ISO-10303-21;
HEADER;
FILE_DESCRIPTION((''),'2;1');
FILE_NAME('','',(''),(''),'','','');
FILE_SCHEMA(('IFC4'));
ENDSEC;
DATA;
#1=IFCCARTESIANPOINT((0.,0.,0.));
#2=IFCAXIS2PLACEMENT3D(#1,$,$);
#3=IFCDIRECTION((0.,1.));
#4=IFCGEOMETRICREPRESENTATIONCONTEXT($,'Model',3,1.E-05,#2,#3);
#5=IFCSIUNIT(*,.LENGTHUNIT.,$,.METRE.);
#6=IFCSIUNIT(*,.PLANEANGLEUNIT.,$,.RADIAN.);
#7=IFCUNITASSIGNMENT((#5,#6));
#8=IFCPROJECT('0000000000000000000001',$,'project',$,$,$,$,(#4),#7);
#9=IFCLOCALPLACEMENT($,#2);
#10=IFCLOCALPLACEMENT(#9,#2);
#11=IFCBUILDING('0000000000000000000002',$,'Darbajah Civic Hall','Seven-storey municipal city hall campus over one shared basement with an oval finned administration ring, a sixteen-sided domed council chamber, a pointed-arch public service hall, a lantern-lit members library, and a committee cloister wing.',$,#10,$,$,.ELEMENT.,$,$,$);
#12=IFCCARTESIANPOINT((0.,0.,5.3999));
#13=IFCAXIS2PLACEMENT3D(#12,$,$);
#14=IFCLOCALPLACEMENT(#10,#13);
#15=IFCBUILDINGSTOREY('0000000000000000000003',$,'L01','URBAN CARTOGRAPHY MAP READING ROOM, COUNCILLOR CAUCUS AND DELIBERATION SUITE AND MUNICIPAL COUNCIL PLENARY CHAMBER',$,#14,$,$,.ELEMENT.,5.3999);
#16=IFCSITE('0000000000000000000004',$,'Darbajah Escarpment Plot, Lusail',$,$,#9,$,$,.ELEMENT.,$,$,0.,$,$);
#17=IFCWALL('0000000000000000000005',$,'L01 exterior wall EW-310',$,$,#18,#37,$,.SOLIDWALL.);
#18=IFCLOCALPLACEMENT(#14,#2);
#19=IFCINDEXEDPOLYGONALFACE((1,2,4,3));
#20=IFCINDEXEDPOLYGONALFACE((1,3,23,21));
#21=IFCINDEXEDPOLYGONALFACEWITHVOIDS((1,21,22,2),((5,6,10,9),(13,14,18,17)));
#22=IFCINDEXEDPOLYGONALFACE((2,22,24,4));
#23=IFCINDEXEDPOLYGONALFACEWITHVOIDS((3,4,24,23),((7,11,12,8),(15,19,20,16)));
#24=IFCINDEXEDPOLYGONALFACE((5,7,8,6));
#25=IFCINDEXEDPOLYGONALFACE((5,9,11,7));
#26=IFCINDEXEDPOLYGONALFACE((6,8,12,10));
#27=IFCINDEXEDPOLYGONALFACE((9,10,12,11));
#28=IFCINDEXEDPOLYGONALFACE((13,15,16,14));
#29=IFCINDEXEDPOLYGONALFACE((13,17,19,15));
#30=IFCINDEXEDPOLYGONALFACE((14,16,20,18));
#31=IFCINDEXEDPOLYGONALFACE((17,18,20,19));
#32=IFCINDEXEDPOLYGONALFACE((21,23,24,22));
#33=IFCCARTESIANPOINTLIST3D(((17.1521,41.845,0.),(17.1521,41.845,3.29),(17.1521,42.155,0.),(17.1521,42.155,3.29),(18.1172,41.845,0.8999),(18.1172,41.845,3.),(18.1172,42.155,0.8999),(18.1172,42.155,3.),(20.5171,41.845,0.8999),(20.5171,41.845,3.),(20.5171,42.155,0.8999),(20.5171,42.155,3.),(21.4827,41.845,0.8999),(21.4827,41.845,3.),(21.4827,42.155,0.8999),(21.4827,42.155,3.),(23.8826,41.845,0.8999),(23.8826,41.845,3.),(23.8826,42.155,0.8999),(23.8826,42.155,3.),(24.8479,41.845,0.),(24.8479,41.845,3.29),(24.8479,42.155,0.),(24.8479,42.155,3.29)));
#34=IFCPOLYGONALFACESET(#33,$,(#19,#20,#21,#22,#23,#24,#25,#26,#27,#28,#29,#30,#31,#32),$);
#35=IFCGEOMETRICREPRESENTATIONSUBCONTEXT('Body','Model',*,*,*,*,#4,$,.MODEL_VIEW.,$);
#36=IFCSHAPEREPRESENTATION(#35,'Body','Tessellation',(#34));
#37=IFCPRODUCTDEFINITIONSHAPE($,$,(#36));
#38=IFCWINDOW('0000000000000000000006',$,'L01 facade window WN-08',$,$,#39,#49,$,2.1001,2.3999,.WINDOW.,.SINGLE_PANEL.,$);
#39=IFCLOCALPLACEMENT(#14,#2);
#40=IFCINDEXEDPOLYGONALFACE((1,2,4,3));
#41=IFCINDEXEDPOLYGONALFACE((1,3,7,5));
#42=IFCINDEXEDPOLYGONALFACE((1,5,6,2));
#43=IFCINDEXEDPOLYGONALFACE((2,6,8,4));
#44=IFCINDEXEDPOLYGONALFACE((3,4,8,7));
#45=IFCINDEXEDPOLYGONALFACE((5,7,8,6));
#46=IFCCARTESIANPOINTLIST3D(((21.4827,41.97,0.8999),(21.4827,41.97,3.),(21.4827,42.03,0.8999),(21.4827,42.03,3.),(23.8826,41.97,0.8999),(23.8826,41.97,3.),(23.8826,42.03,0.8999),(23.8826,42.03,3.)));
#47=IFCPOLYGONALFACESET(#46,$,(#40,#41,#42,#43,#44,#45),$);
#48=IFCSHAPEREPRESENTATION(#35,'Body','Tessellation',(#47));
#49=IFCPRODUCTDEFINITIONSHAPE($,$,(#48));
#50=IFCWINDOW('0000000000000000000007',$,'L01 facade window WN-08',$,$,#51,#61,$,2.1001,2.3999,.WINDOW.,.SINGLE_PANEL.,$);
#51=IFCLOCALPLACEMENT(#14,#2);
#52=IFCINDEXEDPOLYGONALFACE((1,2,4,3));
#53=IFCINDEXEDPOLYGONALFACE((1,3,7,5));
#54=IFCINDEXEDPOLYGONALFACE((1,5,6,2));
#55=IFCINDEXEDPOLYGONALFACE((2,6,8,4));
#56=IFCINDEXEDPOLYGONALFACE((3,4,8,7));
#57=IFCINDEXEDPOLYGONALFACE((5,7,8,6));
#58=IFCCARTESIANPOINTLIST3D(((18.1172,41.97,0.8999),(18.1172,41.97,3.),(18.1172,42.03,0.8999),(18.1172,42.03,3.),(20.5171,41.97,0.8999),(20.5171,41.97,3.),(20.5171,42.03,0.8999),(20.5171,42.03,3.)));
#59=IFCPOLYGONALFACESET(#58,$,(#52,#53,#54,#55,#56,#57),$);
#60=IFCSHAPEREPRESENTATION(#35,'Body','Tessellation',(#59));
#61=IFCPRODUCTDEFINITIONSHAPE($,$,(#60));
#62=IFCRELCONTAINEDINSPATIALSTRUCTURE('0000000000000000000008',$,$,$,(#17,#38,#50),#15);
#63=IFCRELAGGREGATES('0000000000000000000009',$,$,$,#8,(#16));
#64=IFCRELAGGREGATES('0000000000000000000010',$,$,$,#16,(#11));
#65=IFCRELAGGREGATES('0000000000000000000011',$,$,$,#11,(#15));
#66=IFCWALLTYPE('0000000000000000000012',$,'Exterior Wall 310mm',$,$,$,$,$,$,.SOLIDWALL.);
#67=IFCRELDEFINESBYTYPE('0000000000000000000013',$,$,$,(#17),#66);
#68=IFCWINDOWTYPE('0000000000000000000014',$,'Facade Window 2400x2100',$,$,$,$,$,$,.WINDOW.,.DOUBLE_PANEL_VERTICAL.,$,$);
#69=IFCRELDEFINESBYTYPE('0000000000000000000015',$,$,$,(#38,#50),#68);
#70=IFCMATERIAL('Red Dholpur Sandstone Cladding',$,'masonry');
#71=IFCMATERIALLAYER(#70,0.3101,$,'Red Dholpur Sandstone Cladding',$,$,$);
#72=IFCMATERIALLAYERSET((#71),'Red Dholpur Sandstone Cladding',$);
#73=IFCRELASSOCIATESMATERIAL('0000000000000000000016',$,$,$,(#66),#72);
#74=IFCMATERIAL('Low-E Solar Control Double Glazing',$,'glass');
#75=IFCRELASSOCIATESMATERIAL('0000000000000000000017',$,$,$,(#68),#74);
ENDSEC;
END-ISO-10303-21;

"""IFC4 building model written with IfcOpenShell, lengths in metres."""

from ifc_helpers import new_model, si_unit, direction, frame, frame_2d, origin, place, context, subcontext, project, spatial, rectangle, extrude, material, layer, layer_set, type_object, element, fill, save


model = new_model("IFC4")

# Units and contexts
model_context = context("Model", 3, precision=1e-05, world=origin(), true_north=direction((0.0, 1.0)))
body_context = subcontext(model_context, "Body", "Model", "MODEL_VIEW")
ifc_project = project(units=[si_unit("LENGTHUNIT", "METRE"), si_unit("PLANEANGLEUNIT", "RADIAN")], contexts=[model_context])

# Site, building, storey
site_placement = place(None, origin())
site = spatial("IfcSite", under=ifc_project, at=site_placement, Name="Darbajah Escarpment Plot, Lusail", CompositionType="ELEMENT", RefElevation=0.0)
building_placement = place(site_placement, origin())
building = spatial("IfcBuilding", under=site, at=building_placement, Name="Darbajah Civic Hall", Description="Seven-storey municipal city hall campus over one shared basement with an oval finned administration ring, a sixteen-sided domed council chamber, a pointed-arch public service hall, a lantern-lit members library, and a committee cloister wing.", CompositionType="ELEMENT")
storey_placement = place(building_placement, frame((0.0, 0.0, 5.3999)))
storey = spatial("IfcBuildingStorey", under=building, at=storey_placement, Name="L01", Description="URBAN CARTOGRAPHY MAP READING ROOM, COUNCILLOR CAUCUS AND DELIBERATION SUITE AND MUNICIPAL COUNCIL PLENARY CHAMBER", CompositionType="ELEMENT", Elevation=5.3999)

# Wall, openings, windows
ifc_material_1 = material(Name="Red Dholpur Sandstone Cladding", Category="masonry")
ifc_layer = layer(ifc_material_1, 0.3101, Name="Red Dholpur Sandstone Cladding")
ifc_layer_set = layer_set([ifc_layer], Name="Red Dholpur Sandstone Cladding")
wall_type = type_object("IfcWallType", Name="Exterior Wall 310mm", PredefinedType="SOLIDWALL", material=ifc_layer_set)
ifc_material_2 = material(Name="Low-E Solar Control Double Glazing", Category="glass")
wall_1_placement = place(storey_placement, frame((24.8479, 42.0, 0.0), z_axis=(0.0, 0.0, 1.0), x_axis=(-1.0, 0.0, 0.0)))
wall_1 = element("IfcWall", 1, at=wall_1_placement, inside=storey, type_object=wall_type, Name="L01 exterior wall EW-310", PredefinedType="SOLIDWALL", context=body_context, shape_type="SweptSolid", body=[
    extrude(rectangle(XDim=7.6958, YDim=0.3101, at=frame_2d((3.8479, 0.0))), origin(), (0.0, 0.0, 1.0), 3.29),
])
opening_1_placement = place(wall_1_placement, frame((0.9653, 0.0, 0.8999)))
opening_1 = element("IfcOpeningElement", 2, at=opening_1_placement, cuts=wall_1, PredefinedType="OPENING", context=body_context, shape_type="SweptSolid", body=[
    extrude(rectangle(XDim=2.3999, YDim=2.1001, at=frame_2d((1.2, 1.05))), frame((0.0, 0.165, 0.0), z_axis=(0.0, -1.0, 0.0), x_axis=(1.0, 0.0, 0.0)), (0.0, 0.0, 1.0), 0.3301),
])
opening_2_placement = place(wall_1_placement, frame((4.3308, 0.0, 0.8999)))
opening_2 = element("IfcOpeningElement", 3, at=opening_2_placement, cuts=wall_1, PredefinedType="OPENING", context=body_context, shape_type="SweptSolid", body=[
    extrude(rectangle(XDim=2.3999, YDim=2.1001, at=frame_2d((1.2, 1.05))), frame((0.0, 0.165, 0.0), z_axis=(0.0, -1.0, 0.0), x_axis=(1.0, 0.0, 0.0)), (0.0, 0.0, 1.0), 0.3301),
])
window_type_1 = type_object("IfcWindowType", Name="Facade Window 2400x2100", PartitioningType="DOUBLE_PANEL_VERTICAL", PredefinedType="WINDOW", material=ifc_material_2)
window_1_placement = place(opening_1_placement, origin())
window_1 = element("IfcWindow", 4, at=window_1_placement, inside=storey, type_object=window_type_1, Name="L01 facade window WN-08", OverallHeight=2.1001, OverallWidth=2.3999, PartitioningType="SINGLE_PANEL", PredefinedType="WINDOW", context=body_context, shape_type="SweptSolid", body=[
    extrude(rectangle(XDim=2.3999, YDim=2.1001, at=frame_2d((1.2, 1.05))), frame((0.0, 0.03, 0.0), z_axis=(0.0, -1.0, 0.0), x_axis=(1.0, 0.0, 0.0)), (0.0, 0.0, 1.0), 0.0601),
])
fill(opening_1, window_1)
window_2_placement = place(opening_2_placement, origin())
window_2 = element("IfcWindow", 5, at=window_2_placement, inside=storey, type_object=window_type_1, Name="L01 facade window WN-08", OverallHeight=2.1001, OverallWidth=2.3999, PartitioningType="SINGLE_PANEL", PredefinedType="WINDOW", context=body_context, shape_type="SweptSolid", body=[
    extrude(rectangle(XDim=2.3999, YDim=2.1001, at=frame_2d((1.2, 1.05))), frame((0.0, 0.03, 0.0), z_axis=(0.0, -1.0, 0.0), x_axis=(1.0, 0.0, 0.0)), (0.0, 0.0, 1.0), 0.0601),
])
fill(opening_2, window_2)

save(model, "model.ifc")
